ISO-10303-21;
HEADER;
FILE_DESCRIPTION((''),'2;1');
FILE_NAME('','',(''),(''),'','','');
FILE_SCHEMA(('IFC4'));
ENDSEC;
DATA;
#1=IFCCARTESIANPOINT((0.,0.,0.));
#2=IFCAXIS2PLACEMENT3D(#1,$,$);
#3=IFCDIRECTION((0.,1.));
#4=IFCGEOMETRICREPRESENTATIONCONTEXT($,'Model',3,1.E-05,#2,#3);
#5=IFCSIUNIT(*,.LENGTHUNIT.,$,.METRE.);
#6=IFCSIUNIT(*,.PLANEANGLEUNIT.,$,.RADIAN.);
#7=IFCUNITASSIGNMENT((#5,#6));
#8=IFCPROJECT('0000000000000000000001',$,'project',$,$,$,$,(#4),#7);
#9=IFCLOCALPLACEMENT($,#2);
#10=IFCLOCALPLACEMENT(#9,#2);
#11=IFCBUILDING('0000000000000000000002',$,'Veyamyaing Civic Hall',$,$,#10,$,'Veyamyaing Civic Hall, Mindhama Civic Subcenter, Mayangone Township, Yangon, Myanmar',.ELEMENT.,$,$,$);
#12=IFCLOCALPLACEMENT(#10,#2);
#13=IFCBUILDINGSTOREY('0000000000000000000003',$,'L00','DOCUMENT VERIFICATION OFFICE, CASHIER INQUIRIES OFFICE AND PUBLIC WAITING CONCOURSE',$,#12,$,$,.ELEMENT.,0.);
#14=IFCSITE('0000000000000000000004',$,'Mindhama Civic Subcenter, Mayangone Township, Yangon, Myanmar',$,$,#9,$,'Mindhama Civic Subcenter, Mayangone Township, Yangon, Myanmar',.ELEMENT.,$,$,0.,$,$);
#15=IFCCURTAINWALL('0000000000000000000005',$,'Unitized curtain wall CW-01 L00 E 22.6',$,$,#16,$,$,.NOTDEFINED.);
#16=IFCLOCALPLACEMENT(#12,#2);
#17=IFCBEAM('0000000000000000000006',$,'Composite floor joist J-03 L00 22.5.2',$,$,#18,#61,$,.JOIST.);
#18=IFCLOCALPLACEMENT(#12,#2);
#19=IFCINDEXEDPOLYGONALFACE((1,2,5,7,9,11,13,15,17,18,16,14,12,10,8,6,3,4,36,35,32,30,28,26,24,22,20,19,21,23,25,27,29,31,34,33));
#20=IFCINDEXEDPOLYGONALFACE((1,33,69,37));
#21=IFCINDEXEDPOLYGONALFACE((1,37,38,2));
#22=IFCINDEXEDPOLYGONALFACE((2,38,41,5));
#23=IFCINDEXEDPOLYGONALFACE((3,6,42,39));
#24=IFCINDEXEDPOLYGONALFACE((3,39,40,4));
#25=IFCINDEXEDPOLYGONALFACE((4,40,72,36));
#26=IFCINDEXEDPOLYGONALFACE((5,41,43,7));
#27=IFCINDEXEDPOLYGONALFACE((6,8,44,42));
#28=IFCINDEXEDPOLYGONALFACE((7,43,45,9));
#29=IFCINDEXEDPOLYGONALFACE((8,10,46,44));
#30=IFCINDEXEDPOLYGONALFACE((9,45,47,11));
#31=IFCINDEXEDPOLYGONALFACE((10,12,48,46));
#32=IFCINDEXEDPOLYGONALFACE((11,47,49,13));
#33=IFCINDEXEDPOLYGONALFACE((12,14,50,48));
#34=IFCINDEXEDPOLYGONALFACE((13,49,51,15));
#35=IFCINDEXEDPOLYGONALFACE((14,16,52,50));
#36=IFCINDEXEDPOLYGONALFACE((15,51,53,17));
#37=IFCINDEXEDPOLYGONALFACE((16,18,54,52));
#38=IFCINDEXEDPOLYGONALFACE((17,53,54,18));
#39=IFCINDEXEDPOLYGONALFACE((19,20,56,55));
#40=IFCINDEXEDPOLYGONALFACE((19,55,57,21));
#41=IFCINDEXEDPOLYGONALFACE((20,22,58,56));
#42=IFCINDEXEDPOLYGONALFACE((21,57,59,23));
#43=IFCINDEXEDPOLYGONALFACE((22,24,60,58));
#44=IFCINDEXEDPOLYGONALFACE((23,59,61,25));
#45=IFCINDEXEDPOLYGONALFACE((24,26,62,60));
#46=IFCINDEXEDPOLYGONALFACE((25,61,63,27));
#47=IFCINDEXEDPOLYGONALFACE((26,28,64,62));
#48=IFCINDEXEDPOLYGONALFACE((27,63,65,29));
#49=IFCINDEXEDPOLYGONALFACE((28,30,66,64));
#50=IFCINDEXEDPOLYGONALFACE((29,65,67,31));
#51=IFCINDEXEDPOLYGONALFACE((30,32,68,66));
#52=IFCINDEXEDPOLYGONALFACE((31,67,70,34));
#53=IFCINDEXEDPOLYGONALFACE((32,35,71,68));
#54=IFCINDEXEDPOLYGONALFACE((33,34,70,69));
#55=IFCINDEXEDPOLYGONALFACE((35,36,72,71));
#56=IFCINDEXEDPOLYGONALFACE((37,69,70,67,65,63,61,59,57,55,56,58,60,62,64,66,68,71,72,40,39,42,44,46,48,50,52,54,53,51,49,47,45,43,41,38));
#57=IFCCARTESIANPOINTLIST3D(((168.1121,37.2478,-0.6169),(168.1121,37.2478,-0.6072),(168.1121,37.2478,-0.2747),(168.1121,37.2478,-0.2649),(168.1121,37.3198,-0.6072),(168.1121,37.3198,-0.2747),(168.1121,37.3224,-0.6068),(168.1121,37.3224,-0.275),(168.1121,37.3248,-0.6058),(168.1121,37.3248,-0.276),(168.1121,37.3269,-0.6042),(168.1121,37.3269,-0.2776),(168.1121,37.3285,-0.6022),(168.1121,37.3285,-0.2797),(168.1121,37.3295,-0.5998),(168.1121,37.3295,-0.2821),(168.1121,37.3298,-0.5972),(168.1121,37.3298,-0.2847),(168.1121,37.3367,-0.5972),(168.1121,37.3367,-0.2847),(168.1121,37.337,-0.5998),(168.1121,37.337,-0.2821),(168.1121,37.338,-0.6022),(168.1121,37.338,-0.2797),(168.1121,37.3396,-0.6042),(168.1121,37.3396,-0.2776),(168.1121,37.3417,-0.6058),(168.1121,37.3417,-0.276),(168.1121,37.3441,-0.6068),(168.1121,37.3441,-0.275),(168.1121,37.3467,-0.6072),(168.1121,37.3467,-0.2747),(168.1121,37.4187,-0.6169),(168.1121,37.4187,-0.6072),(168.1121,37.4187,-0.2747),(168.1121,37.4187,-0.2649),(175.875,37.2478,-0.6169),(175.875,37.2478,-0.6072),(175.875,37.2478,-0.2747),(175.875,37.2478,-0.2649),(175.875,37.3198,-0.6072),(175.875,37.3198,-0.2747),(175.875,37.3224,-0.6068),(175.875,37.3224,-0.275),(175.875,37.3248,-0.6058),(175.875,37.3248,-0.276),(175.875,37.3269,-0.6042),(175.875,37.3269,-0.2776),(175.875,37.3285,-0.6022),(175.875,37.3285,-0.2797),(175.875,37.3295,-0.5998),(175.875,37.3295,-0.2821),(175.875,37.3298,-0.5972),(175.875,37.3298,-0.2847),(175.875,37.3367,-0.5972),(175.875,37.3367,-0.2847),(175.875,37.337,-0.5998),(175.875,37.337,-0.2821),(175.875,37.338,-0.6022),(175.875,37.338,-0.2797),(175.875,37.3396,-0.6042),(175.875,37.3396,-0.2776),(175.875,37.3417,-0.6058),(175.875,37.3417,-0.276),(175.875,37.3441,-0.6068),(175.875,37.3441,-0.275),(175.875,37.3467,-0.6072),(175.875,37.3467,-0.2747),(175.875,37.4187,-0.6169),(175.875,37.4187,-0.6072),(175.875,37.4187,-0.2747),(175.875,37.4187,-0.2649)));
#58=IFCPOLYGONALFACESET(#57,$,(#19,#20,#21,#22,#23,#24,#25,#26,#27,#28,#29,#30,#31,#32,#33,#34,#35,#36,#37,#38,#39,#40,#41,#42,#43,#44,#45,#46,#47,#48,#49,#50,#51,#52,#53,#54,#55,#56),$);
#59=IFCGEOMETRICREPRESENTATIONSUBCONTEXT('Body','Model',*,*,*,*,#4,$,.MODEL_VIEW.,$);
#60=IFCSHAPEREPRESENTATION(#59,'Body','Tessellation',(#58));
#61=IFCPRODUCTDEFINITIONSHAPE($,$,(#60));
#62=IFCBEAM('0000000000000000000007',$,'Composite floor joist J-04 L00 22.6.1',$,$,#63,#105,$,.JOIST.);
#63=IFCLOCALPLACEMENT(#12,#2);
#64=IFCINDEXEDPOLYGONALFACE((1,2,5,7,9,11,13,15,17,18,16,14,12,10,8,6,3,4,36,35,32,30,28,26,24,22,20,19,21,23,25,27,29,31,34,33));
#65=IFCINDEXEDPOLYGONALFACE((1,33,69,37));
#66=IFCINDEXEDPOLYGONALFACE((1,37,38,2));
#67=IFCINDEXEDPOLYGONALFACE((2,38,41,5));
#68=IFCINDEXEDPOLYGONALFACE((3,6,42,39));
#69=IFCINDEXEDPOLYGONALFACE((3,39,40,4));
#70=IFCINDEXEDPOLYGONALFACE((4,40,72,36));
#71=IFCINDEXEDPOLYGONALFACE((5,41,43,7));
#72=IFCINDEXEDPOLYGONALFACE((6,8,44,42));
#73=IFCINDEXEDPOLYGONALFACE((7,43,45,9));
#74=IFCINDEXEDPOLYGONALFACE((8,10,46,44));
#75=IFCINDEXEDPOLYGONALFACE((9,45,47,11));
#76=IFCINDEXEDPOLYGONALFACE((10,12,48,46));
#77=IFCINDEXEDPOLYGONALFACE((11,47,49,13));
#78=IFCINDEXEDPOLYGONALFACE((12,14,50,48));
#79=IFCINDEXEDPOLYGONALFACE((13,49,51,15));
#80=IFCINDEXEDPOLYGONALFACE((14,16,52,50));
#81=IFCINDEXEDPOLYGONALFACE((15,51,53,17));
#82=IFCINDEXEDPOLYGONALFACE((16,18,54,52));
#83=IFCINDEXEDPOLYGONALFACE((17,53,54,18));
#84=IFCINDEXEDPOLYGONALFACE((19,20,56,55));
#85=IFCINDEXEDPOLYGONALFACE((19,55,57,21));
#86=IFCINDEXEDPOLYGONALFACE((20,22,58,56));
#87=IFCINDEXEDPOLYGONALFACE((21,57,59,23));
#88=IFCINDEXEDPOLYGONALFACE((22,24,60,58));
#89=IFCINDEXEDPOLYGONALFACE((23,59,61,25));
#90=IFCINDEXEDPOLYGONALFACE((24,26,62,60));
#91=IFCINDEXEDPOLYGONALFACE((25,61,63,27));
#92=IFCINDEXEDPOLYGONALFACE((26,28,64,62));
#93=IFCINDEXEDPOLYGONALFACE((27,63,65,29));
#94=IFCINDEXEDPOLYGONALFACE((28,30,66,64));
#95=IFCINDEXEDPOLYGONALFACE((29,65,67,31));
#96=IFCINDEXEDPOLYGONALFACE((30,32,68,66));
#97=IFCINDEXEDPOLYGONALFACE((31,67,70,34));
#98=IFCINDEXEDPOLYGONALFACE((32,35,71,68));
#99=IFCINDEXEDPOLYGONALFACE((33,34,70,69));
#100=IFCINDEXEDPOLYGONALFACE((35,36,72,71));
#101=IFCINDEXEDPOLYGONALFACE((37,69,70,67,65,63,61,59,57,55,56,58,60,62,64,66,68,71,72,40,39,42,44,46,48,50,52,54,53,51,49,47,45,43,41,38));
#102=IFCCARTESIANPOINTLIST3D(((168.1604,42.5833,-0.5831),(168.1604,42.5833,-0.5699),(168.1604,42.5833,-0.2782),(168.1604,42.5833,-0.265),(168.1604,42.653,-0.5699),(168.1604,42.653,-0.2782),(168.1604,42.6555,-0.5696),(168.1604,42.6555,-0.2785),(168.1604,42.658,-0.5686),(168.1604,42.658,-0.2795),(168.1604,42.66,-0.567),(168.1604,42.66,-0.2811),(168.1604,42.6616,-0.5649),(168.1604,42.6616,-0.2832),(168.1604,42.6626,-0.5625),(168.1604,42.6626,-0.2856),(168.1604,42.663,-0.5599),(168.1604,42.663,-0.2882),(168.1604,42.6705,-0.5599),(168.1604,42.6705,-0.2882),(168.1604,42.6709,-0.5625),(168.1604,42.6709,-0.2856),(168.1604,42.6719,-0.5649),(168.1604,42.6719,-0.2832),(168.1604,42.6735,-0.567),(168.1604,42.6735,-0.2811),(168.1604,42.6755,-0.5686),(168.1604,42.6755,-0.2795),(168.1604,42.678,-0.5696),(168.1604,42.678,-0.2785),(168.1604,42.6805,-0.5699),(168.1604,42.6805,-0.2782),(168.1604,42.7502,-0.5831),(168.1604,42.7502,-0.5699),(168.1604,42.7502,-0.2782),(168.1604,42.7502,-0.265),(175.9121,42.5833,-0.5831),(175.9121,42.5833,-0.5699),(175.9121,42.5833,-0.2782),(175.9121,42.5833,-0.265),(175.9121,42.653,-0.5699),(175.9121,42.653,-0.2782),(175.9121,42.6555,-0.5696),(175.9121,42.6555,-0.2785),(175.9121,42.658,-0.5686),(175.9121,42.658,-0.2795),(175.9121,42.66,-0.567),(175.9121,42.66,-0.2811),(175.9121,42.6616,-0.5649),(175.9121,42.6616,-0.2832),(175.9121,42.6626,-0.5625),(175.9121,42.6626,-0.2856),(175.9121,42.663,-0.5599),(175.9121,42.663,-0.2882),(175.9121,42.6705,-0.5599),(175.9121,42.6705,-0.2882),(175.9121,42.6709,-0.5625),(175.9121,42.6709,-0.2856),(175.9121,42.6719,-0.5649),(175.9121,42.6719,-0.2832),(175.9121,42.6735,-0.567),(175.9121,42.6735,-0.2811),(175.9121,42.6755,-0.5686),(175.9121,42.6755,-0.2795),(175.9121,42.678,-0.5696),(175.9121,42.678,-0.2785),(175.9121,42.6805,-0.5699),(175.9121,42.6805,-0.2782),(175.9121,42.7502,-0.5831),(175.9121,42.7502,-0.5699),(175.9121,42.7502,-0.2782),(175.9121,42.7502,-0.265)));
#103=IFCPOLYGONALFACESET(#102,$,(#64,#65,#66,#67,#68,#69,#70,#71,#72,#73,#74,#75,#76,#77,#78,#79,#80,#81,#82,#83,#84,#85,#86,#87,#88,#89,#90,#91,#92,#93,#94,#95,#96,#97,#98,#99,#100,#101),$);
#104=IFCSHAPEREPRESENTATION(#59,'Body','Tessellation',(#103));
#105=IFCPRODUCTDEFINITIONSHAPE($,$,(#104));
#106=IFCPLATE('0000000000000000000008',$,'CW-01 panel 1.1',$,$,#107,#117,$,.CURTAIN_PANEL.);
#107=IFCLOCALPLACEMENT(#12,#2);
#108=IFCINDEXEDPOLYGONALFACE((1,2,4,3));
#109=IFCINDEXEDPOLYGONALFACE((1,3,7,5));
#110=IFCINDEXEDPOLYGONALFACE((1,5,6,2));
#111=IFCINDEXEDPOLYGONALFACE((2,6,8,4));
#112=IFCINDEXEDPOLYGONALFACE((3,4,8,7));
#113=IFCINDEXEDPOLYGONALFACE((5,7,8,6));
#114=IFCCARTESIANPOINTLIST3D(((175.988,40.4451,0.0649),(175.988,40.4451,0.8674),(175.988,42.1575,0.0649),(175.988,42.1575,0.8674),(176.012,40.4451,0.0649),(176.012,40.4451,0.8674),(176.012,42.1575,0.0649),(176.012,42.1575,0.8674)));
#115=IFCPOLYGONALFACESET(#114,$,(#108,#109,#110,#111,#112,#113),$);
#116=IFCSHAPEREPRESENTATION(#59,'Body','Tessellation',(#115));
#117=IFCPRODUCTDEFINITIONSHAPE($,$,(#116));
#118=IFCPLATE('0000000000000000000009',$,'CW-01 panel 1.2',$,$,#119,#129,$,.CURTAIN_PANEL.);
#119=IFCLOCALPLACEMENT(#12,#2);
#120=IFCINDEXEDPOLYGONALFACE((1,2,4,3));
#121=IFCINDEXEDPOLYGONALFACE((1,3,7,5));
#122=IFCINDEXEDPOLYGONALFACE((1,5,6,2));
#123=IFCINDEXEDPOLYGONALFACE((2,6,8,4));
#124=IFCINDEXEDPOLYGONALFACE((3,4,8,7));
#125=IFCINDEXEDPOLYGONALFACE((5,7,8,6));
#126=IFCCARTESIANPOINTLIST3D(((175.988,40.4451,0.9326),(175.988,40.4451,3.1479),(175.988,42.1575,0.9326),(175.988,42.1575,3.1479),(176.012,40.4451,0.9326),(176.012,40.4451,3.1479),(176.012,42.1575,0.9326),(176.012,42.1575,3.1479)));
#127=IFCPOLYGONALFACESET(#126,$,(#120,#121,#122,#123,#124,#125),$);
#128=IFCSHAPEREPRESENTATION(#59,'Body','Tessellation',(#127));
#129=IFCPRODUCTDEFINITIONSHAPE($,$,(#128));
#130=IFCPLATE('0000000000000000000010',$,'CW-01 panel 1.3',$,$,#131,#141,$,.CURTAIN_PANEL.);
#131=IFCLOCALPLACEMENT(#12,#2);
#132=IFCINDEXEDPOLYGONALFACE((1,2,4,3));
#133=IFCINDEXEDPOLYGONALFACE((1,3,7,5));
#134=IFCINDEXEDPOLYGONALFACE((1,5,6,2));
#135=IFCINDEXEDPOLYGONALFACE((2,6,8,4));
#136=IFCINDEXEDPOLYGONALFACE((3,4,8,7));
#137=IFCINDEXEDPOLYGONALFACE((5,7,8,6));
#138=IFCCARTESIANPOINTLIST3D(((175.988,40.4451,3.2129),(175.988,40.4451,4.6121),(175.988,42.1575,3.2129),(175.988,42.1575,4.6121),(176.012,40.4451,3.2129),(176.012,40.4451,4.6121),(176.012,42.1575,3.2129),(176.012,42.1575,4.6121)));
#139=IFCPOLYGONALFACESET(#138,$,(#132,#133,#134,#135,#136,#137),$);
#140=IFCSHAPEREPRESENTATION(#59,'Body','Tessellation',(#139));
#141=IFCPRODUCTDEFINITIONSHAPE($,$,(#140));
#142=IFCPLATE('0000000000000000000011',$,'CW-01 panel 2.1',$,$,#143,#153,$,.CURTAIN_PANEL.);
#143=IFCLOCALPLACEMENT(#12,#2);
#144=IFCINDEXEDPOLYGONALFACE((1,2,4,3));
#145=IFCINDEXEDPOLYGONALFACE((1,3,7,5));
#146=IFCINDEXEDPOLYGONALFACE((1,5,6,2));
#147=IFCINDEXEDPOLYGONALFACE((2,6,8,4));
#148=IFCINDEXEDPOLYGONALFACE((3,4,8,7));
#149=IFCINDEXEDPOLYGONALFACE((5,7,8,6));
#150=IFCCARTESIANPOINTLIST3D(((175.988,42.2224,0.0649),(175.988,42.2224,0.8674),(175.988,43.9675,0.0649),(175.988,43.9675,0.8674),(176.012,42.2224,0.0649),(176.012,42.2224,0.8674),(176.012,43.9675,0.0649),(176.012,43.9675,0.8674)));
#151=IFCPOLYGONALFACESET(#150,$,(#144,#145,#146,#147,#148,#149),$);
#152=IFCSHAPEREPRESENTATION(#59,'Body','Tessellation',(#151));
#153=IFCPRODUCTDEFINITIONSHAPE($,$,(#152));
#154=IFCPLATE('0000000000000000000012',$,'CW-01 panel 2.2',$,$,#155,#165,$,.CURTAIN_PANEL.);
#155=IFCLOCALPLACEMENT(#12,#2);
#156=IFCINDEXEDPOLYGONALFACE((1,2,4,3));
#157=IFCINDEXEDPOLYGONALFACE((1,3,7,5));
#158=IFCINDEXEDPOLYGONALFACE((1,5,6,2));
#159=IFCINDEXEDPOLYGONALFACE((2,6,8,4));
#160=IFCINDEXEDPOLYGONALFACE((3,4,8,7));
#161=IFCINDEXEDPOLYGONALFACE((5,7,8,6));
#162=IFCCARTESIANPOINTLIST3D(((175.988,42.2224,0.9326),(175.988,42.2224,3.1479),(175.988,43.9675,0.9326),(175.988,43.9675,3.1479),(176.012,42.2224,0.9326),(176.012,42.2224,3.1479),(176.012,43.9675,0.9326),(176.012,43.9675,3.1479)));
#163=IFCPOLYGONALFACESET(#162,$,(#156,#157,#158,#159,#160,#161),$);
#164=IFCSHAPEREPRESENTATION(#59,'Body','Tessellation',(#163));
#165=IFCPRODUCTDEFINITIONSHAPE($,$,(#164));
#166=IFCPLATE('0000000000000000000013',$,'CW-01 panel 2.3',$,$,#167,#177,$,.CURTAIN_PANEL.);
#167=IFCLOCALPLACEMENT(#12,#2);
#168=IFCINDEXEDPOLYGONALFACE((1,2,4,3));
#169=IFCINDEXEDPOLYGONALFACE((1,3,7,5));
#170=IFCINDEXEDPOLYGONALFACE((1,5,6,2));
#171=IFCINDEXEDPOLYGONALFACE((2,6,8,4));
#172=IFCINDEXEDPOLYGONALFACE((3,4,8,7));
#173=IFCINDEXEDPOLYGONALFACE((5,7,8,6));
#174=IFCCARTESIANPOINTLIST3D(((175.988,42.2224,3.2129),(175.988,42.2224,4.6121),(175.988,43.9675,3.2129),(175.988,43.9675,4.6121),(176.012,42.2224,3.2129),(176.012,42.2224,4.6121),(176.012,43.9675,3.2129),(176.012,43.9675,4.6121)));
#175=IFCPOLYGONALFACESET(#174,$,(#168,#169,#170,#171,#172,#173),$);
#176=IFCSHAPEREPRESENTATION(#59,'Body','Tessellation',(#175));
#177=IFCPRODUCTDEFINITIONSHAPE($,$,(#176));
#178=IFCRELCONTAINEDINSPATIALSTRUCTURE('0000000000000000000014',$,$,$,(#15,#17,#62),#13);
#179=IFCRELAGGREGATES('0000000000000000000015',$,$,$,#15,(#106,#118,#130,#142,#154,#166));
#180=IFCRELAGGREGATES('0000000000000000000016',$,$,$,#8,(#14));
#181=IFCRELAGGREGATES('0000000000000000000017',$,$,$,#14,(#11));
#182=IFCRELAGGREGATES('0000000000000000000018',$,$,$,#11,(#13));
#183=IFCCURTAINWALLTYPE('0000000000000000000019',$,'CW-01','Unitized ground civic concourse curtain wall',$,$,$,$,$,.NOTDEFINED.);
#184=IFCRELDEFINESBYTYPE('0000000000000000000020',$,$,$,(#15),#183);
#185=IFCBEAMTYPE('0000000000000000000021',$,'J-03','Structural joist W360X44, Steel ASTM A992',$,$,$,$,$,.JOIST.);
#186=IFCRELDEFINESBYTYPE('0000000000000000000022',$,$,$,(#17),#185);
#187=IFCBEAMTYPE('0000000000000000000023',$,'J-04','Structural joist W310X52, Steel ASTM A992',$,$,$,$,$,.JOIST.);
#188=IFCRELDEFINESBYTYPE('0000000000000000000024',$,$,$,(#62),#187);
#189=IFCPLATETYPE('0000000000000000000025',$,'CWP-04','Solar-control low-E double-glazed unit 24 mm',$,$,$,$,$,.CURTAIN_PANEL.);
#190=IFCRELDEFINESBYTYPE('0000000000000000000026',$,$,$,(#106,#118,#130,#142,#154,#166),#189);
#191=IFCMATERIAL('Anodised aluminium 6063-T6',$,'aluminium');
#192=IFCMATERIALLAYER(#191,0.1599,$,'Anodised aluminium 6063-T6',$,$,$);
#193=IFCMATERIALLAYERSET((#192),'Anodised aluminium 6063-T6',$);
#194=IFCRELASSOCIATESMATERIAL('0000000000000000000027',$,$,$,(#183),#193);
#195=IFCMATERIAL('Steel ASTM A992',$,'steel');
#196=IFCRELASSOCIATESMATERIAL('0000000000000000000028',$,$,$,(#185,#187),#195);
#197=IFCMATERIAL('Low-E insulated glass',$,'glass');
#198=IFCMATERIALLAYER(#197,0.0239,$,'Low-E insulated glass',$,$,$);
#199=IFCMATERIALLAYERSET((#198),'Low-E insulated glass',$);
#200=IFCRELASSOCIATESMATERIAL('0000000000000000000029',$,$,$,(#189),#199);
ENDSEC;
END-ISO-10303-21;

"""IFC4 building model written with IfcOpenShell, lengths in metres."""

from ifc_helpers import new_model, si_unit, direction, frame, origin, origin_2d, place, context, subcontext, project, spatial, rectangle, i_section, extrude, material, layer, layer_set, material_profile, profile_set, type_object, element, aggregate, save


model = new_model("IFC4")

# Units and contexts
model_context = context("Model", 3, precision=1e-05, world=origin(), true_north=direction((0.0, 1.0)))
body_context = subcontext(model_context, "Body", "Model", "MODEL_VIEW")
ifc_project = project(units=[si_unit("LENGTHUNIT", "METRE"), si_unit("PLANEANGLEUNIT", "RADIAN")], contexts=[model_context])

# Site, building, storey
site_placement = place(None, origin())
site = spatial("IfcSite", under=ifc_project, at=site_placement, Name="Mindhama Civic Subcenter, Mayangone Township, Yangon, Myanmar", LongName="Mindhama Civic Subcenter, Mayangone Township, Yangon, Myanmar", CompositionType="ELEMENT", RefElevation=0.0)
building_placement = place(site_placement, origin())
building = spatial("IfcBuilding", under=site, at=building_placement, Name="Veyamyaing Civic Hall", LongName="Veyamyaing Civic Hall, Mindhama Civic Subcenter, Mayangone Township, Yangon, Myanmar", CompositionType="ELEMENT")
storey_placement = place(building_placement, origin())
storey = spatial("IfcBuildingStorey", under=building, at=storey_placement, Name="L00", Description="DOCUMENT VERIFICATION OFFICE, CASHIER INQUIRIES OFFICE AND PUBLIC WAITING CONCOURSE", CompositionType="ELEMENT", Elevation=0.0)

# Shared definitions
ifc_material_1 = material(Name="Steel ASTM A992", Category="steel")

# Curtain wall
ifc_material_2 = material(Name="Anodised aluminium 6063-T6", Category="aluminium")
ifc_layer_1 = layer(ifc_material_2, 0.1599, Name="Anodised aluminium 6063-T6")
ifc_layer_set_1 = layer_set([ifc_layer_1], Name="Anodised aluminium 6063-T6")
curtain_wall_type = type_object("IfcCurtainWallType", Name="CW-01", Description="Unitized ground civic concourse curtain wall", PredefinedType="NOTDEFINED", material=ifc_layer_set_1)
curtain_wall_placement = place(storey_placement, origin())
curtain_wall = element("IfcCurtainWall", 1, at=curtain_wall_placement, inside=storey, type_object=curtain_wall_type, Name="Unitized curtain wall CW-01 L00 E 22.6", PredefinedType="NOTDEFINED")

# Beams
ifc_material_profile_1 = material_profile(ifc_material_1, i_section(OverallWidth=0.1709, OverallDepth=0.3521, WebThickness=0.0068, FlangeThickness=0.0098, FilletRadius=0.01, at=origin_2d()), Name="W360X44")
ifc_profile_set_1 = profile_set([ifc_material_profile_1], Name="Steel ASTM A992")
beam_type_1 = type_object("IfcBeamType", Name="J-03", Description="Structural joist W360X44, Steel ASTM A992", PredefinedType="JOIST", material=ifc_profile_set_1)
beam_1_placement = place(storey_placement, frame((168.1121, 37.3333, -0.4409), z_axis=(1.0, 0.0, 0.0), x_axis=(0.0, 1.0, 0.0)))
element("IfcBeam", 2, at=beam_1_placement, inside=storey, type_object=beam_type_1, Name="Composite floor joist J-03 L00 22.5.2", PredefinedType="JOIST", context=body_context, shape_type="SweptSolid", body=[
    extrude(i_section(OverallWidth=0.1709, OverallDepth=0.3521, WebThickness=0.0068, FlangeThickness=0.0098, FilletRadius=0.01, at=origin_2d()), origin(), (0.0, 0.0, 1.0), 7.7629),
])
ifc_material_profile_2 = material_profile(ifc_material_1, i_section(OverallWidth=0.167, OverallDepth=0.3181, WebThickness=0.0076, FlangeThickness=0.0132, FilletRadius=0.01, at=origin_2d()), Name="W310X52")
ifc_profile_set_2 = profile_set([ifc_material_profile_2], Name="Steel ASTM A992")
beam_type_2 = type_object("IfcBeamType", Name="J-04", Description="Structural joist W310X52, Steel ASTM A992", PredefinedType="JOIST", material=ifc_profile_set_2)
beam_2_placement = place(storey_placement, frame((168.1604, 42.6667, -0.4241), z_axis=(1.0, 0.0, 0.0), x_axis=(0.0, 1.0, 0.0)))
element("IfcBeam", 3, at=beam_2_placement, inside=storey, type_object=beam_type_2, Name="Composite floor joist J-04 L00 22.6.1", PredefinedType="JOIST", context=body_context, shape_type="SweptSolid", body=[
    extrude(i_section(OverallWidth=0.167, OverallDepth=0.3181, WebThickness=0.0076, FlangeThickness=0.0132, FilletRadius=0.01, at=origin_2d()), origin(), (0.0, 0.0, 1.0), 7.7517),
])

# Plates
ifc_material_3 = material(Name="Low-E insulated glass", Category="glass")
ifc_layer_2 = layer(ifc_material_3, 0.0239, Name="Low-E insulated glass")
ifc_layer_set_2 = layer_set([ifc_layer_2], Name="Low-E insulated glass")
plate_type = type_object("IfcPlateType", Name="CWP-04", Description="Solar-control low-E double-glazed unit 24 mm", PredefinedType="CURTAIN_PANEL", material=ifc_layer_set_2)
plate_1_placement = place(storey_placement, frame((176.0, 41.3013, 0.0649), z_axis=(0.0, 0.0, 1.0), x_axis=(0.0, 1.0, 0.0)))
plate_1 = element("IfcPlate", 4, at=plate_1_placement, type_object=plate_type, Name="CW-01 panel 1.1", PredefinedType="CURTAIN_PANEL", context=body_context, shape_type="SweptSolid", body=[
    extrude(rectangle(XDim=1.7124, YDim=0.0239, at=origin_2d()), origin(), (0.0, 0.0, 1.0), 0.8025),
])
plate_2_placement = place(storey_placement, frame((176.0, 41.3013, 0.9326), z_axis=(0.0, 0.0, 1.0), x_axis=(0.0, 1.0, 0.0)))
plate_2 = element("IfcPlate", 5, at=plate_2_placement, type_object=plate_type, Name="CW-01 panel 1.2", PredefinedType="CURTAIN_PANEL", context=body_context, shape_type="SweptSolid", body=[
    extrude(rectangle(XDim=1.7124, YDim=0.0239, at=origin_2d()), origin(), (0.0, 0.0, 1.0), 2.2153),
])
plate_3_placement = place(storey_placement, frame((176.0, 41.3013, 3.2129), z_axis=(0.0, 0.0, 1.0), x_axis=(0.0, 1.0, 0.0)))
plate_3 = element("IfcPlate", 6, at=plate_3_placement, type_object=plate_type, Name="CW-01 panel 1.3", PredefinedType="CURTAIN_PANEL", context=body_context, shape_type="SweptSolid", body=[
    extrude(rectangle(XDim=1.7124, YDim=0.0239, at=origin_2d()), origin(), (0.0, 0.0, 1.0), 1.3992),
])
plate_4_placement = place(storey_placement, frame((176.0, 43.095, 0.0649), z_axis=(0.0, 0.0, 1.0), x_axis=(0.0, 1.0, 0.0)))
plate_4 = element("IfcPlate", 7, at=plate_4_placement, type_object=plate_type, Name="CW-01 panel 2.1", PredefinedType="CURTAIN_PANEL", context=body_context, shape_type="SweptSolid", body=[
    extrude(rectangle(XDim=1.7451, YDim=0.0239, at=origin_2d()), origin(), (0.0, 0.0, 1.0), 0.8025),
])
plate_5_placement = place(storey_placement, frame((176.0, 43.095, 0.9326), z_axis=(0.0, 0.0, 1.0), x_axis=(0.0, 1.0, 0.0)))
plate_5 = element("IfcPlate", 8, at=plate_5_placement, type_object=plate_type, Name="CW-01 panel 2.2", PredefinedType="CURTAIN_PANEL", context=body_context, shape_type="SweptSolid", body=[
    extrude(rectangle(XDim=1.7451, YDim=0.0239, at=origin_2d()), origin(), (0.0, 0.0, 1.0), 2.2153),
])
plate_6_placement = place(storey_placement, frame((176.0, 43.095, 3.2129), z_axis=(0.0, 0.0, 1.0), x_axis=(0.0, 1.0, 0.0)))
plate_6 = element("IfcPlate", 9, at=plate_6_placement, type_object=plate_type, Name="CW-01 panel 2.3", PredefinedType="CURTAIN_PANEL", context=body_context, shape_type="SweptSolid", body=[
    extrude(rectangle(XDim=1.7451, YDim=0.0239, at=origin_2d()), origin(), (0.0, 0.0, 1.0), 1.3992),
])
aggregate(curtain_wall, [plate_1, plate_2, plate_3, plate_4, plate_5, plate_6])

save(model, "model.ifc")
